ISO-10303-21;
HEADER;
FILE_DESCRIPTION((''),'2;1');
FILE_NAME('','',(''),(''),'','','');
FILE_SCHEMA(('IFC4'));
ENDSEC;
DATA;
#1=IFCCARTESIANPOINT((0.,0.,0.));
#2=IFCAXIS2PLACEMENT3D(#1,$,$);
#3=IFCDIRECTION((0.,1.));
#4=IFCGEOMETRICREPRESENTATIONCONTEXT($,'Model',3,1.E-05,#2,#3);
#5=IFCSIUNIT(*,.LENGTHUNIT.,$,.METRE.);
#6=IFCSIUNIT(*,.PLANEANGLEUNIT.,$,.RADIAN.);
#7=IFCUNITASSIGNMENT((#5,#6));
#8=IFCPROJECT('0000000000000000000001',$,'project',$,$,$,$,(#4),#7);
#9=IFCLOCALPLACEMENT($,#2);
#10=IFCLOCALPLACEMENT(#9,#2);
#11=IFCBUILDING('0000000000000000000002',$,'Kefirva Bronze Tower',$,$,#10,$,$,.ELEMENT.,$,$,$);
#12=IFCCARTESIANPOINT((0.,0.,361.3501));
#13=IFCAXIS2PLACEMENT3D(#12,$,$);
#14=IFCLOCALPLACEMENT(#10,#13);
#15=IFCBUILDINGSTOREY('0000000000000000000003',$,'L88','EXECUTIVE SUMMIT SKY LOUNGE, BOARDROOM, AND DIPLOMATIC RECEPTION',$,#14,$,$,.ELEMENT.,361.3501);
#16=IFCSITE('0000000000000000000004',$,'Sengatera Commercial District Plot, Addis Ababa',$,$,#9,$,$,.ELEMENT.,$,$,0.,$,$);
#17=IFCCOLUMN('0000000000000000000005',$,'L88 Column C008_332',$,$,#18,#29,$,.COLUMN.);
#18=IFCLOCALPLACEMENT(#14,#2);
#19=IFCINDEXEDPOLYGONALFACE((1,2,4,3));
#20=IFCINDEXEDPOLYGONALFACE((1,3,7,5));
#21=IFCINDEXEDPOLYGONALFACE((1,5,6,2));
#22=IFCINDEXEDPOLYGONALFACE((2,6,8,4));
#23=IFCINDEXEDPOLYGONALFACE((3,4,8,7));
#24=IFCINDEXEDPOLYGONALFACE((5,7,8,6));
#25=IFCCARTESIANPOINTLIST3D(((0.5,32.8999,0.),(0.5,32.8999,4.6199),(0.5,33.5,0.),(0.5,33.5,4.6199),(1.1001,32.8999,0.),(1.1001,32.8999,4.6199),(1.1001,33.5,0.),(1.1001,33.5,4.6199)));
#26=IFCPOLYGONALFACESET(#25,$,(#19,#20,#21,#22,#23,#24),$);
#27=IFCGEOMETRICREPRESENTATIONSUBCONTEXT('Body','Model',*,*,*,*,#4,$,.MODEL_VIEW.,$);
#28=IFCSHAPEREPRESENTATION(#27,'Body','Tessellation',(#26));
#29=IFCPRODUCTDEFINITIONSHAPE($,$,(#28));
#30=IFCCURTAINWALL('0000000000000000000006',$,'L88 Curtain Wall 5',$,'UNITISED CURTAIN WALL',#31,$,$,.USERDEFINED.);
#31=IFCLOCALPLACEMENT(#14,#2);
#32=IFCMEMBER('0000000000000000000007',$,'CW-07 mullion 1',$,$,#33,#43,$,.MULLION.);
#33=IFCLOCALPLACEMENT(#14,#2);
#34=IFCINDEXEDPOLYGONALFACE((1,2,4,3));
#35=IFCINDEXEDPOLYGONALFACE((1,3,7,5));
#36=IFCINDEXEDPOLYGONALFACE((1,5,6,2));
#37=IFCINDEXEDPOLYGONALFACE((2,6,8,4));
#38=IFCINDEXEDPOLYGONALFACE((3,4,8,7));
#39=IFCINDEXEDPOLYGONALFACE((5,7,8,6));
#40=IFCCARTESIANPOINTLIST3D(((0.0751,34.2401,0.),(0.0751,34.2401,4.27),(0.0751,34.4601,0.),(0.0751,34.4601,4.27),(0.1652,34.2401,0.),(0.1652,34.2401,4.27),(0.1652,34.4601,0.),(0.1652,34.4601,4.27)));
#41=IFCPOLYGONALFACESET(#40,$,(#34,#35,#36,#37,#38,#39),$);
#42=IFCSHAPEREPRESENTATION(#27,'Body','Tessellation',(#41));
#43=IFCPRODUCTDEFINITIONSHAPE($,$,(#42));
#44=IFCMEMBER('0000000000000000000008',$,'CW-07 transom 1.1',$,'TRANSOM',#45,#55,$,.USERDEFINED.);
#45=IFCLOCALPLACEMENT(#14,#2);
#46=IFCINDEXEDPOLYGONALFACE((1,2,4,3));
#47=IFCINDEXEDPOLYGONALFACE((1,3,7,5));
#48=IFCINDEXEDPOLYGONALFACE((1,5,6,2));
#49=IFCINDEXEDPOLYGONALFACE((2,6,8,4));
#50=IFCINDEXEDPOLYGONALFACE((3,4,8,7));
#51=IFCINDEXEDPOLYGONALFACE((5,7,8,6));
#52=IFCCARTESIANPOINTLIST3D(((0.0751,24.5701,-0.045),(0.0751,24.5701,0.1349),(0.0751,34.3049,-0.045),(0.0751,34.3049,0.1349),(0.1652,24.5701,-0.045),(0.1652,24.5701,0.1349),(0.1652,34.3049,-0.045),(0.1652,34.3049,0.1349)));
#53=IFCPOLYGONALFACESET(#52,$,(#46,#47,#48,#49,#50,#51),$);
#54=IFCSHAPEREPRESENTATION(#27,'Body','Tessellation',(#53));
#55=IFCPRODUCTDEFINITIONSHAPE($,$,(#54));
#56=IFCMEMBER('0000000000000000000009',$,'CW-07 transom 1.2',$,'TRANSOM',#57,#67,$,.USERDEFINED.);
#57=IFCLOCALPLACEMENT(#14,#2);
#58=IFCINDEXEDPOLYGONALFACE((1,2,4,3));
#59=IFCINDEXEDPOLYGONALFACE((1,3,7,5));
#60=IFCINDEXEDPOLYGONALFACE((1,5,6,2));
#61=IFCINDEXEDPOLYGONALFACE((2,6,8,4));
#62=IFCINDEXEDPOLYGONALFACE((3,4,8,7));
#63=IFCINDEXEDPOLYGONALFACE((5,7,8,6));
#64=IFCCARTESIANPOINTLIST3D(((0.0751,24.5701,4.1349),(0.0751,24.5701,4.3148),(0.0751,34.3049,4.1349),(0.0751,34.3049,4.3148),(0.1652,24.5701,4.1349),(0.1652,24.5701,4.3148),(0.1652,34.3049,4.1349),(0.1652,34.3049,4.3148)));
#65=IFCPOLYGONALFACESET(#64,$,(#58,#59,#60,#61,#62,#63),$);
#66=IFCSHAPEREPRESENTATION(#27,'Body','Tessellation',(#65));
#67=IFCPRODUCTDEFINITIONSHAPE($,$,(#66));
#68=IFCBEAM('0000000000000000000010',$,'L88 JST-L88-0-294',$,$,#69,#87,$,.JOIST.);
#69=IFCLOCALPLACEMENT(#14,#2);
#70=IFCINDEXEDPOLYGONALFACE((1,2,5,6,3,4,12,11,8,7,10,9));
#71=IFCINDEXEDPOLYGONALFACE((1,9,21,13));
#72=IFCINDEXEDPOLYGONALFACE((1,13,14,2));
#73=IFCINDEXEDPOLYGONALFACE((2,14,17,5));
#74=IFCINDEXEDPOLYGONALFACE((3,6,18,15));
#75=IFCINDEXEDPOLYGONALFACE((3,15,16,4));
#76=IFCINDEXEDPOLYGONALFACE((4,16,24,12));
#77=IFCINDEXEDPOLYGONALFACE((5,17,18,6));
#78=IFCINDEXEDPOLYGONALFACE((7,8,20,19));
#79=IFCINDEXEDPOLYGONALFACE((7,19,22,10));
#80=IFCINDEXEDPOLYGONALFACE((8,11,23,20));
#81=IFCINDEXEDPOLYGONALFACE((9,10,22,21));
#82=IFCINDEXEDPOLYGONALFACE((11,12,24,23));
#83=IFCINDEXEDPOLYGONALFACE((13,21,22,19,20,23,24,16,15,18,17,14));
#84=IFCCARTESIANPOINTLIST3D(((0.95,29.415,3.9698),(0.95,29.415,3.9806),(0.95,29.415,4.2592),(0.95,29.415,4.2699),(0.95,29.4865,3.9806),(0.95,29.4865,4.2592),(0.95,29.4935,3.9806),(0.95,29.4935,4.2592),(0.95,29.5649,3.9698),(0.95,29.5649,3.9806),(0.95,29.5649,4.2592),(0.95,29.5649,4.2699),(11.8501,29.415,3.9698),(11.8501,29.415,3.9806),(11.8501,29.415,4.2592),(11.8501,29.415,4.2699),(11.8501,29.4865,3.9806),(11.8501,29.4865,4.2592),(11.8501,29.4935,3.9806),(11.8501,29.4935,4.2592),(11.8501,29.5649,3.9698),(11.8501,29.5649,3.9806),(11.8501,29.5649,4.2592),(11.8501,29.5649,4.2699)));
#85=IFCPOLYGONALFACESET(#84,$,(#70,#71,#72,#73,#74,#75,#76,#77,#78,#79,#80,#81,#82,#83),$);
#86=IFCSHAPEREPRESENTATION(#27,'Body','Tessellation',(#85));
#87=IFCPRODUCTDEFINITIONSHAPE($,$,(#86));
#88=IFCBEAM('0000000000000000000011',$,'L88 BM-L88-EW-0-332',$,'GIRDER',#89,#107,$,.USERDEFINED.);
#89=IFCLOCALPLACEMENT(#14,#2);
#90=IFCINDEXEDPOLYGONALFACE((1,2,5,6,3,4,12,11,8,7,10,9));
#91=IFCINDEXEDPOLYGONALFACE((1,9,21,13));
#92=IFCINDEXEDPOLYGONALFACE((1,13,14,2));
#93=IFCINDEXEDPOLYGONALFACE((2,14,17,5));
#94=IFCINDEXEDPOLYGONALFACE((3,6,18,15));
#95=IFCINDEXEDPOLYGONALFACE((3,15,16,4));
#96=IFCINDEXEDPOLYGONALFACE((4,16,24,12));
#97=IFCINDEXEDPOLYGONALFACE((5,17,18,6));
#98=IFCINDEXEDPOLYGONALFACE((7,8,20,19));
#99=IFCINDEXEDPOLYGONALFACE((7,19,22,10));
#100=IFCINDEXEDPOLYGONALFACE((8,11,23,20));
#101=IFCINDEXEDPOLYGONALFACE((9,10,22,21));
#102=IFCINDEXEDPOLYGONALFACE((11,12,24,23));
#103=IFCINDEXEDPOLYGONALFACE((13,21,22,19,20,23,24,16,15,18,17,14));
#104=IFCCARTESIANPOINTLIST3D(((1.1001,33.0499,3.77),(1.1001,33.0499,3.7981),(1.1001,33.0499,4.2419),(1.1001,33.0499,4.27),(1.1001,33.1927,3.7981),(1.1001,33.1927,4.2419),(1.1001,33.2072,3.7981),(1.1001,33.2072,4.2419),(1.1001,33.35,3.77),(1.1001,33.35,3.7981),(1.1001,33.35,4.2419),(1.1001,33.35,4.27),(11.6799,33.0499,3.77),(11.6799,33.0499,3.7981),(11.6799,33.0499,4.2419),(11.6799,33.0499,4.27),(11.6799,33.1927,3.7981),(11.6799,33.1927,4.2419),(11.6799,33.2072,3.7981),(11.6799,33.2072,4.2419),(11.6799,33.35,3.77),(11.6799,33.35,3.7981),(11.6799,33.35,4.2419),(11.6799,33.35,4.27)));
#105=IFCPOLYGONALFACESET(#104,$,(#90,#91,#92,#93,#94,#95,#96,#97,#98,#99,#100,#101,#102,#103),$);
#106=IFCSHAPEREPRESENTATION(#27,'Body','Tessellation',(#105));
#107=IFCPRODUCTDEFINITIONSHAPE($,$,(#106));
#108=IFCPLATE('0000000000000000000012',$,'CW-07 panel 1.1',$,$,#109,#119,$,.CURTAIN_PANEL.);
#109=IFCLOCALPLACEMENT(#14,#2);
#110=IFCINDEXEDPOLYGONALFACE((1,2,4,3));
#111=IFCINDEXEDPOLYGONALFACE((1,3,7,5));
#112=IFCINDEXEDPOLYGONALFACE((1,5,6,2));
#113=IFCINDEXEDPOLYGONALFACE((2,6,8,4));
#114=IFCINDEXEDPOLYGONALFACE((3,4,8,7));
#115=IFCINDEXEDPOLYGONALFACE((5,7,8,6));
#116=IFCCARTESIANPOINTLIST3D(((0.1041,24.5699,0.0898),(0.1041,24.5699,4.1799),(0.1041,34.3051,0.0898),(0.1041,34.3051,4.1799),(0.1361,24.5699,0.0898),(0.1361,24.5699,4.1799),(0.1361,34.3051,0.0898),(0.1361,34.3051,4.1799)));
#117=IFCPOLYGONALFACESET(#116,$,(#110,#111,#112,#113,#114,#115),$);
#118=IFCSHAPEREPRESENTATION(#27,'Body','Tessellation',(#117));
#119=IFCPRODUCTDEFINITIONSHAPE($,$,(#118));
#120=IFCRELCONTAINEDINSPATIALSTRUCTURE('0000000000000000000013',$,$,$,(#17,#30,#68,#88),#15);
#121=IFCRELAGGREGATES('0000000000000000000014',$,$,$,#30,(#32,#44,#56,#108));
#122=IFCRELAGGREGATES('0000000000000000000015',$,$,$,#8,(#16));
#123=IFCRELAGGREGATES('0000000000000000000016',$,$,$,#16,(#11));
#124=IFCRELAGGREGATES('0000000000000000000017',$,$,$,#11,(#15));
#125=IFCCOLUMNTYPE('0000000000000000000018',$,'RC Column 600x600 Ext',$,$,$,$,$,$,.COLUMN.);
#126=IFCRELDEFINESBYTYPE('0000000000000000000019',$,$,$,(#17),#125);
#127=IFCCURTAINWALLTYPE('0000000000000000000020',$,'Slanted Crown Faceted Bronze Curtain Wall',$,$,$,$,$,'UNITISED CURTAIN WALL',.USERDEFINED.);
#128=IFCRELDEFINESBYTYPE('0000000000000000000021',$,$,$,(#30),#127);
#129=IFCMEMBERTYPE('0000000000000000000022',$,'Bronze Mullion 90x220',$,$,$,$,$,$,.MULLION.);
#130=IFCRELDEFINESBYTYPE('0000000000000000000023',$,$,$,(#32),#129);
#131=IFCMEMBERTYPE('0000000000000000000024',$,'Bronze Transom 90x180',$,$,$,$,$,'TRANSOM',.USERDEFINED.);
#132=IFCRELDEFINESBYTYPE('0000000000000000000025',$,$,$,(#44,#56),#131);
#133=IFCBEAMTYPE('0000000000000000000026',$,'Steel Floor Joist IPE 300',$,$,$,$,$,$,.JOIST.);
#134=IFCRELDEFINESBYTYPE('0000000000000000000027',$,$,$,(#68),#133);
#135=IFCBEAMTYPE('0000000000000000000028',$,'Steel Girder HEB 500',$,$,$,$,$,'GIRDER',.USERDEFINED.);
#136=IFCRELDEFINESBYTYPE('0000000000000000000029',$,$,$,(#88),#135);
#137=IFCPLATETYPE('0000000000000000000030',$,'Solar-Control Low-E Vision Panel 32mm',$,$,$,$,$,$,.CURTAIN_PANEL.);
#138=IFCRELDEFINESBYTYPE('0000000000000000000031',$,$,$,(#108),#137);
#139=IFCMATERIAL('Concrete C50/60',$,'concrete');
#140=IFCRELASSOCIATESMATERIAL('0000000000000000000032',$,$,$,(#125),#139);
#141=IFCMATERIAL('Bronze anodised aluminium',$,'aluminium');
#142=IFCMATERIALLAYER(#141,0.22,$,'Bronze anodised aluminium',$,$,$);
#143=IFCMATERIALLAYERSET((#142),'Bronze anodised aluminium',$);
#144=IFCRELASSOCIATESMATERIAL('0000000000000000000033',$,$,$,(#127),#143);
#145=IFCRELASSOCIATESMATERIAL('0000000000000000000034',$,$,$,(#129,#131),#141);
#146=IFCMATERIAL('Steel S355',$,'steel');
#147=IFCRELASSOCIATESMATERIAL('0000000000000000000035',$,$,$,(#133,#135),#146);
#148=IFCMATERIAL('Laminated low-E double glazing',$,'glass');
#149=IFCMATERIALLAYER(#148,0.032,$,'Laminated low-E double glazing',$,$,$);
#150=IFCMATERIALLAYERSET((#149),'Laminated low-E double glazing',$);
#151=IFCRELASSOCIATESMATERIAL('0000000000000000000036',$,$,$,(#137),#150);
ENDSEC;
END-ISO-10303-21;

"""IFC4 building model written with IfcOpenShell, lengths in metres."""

from ifc_helpers import new_model, si_unit, direction, frame, origin, origin_2d, place, context, subcontext, project, spatial, rectangle, i_section, extrude, material, layer, layer_set, material_profile, profile_set, type_object, element, aggregate, save


model = new_model("IFC4")

# Units and contexts
model_context = context("Model", 3, precision=1e-05, world=origin(), true_north=direction((0.0, 1.0)))
body_context = subcontext(model_context, "Body", "Model", "MODEL_VIEW")
ifc_project = project(units=[si_unit("LENGTHUNIT", "METRE"), si_unit("PLANEANGLEUNIT", "RADIAN")], contexts=[model_context])

# Site, building, storey
site_placement = place(None, origin())
site = spatial("IfcSite", under=ifc_project, at=site_placement, Name="Sengatera Commercial District Plot, Addis Ababa", CompositionType="ELEMENT", RefElevation=0.0)
building_placement = place(site_placement, origin())
building = spatial("IfcBuilding", under=site, at=building_placement, Name="Kefirva Bronze Tower", CompositionType="ELEMENT")
storey_placement = place(building_placement, frame((0.0, 0.0, 361.3501)))
storey = spatial("IfcBuildingStorey", under=building, at=storey_placement, Name="L88", Description="EXECUTIVE SUMMIT SKY LOUNGE, BOARDROOM, AND DIPLOMATIC RECEPTION", CompositionType="ELEMENT", Elevation=361.3501)

# Column
ifc_material_1 = material(Name="Concrete C50/60", Category="concrete")
ifc_material_profile_1 = material_profile(ifc_material_1, rectangle(XDim=0.6001, YDim=0.6001, at=origin_2d()), Name="RC 600x600")
ifc_profile_set_1 = profile_set([ifc_material_profile_1], Name="Concrete C50/60")
column_type = type_object("IfcColumnType", Name="RC Column 600x600 Ext", PredefinedType="COLUMN", material=ifc_profile_set_1)
column_placement = place(storey_placement, frame((0.8, 33.2, 0.0), z_axis=(0.0, 0.0, 1.0), x_axis=(1.0, 0.0, 0.0)))
element("IfcColumn", 1, at=column_placement, inside=storey, type_object=column_type, Name="L88 Column C008_332", PredefinedType="COLUMN", context=body_context, shape_type="SweptSolid", body=[
    extrude(rectangle(XDim=0.6001, YDim=0.6001, at=origin_2d()), origin(), (0.0, 0.0, 1.0), 4.6199),
])

# Curtain wall, members
ifc_material_2 = material(Name="Bronze anodised aluminium", Category="aluminium")
ifc_layer_1 = layer(ifc_material_2, 0.22, Name="Bronze anodised aluminium")
ifc_layer_set_1 = layer_set([ifc_layer_1], Name="Bronze anodised aluminium")
curtain_wall_type = type_object("IfcCurtainWallType", Name="Slanted Crown Faceted Bronze Curtain Wall", ElementType="UNITISED CURTAIN WALL", PredefinedType="USERDEFINED", material=ifc_layer_set_1)
curtain_wall_placement = place(storey_placement, origin())
curtain_wall = element("IfcCurtainWall", 2, at=curtain_wall_placement, inside=storey, type_object=curtain_wall_type, Name="L88 Curtain Wall 5", ObjectType="UNITISED CURTAIN WALL", PredefinedType="USERDEFINED")
ifc_material_profile_2 = material_profile(ifc_material_2, rectangle(XDim=0.0901, YDim=0.22, at=origin_2d()), Name="ALU 90x220")
ifc_profile_set_2 = profile_set([ifc_material_profile_2], Name="Bronze anodised aluminium")
member_type_1 = type_object("IfcMemberType", Name="Bronze Mullion 90x220", PredefinedType="MULLION", material=ifc_profile_set_2)
member_1_placement = place(storey_placement, frame((0.1201, 34.3501, 0.0), z_axis=(0.0, 0.0, 1.0), x_axis=(1.0, 0.0, 0.0)))
member_1 = element("IfcMember", 3, at=member_1_placement, type_object=member_type_1, Name="CW-07 mullion 1", PredefinedType="MULLION", context=body_context, shape_type="SweptSolid", body=[
    extrude(rectangle(XDim=0.0901, YDim=0.22, at=origin_2d()), origin(), (0.0, 0.0, 1.0), 4.27),
])
ifc_material_profile_3 = material_profile(ifc_material_2, rectangle(XDim=0.0901, YDim=0.1799, at=origin_2d()), Name="ALU 90x180")
ifc_profile_set_3 = profile_set([ifc_material_profile_3], Name="Bronze anodised aluminium")
member_type_2 = type_object("IfcMemberType", Name="Bronze Transom 90x180", ElementType="TRANSOM", PredefinedType="USERDEFINED", material=ifc_profile_set_3)
member_2_placement = place(storey_placement, frame((0.1201, 34.3049, 0.0449), z_axis=(0.0, -1.0, 0.0), x_axis=(1.0, 0.0, 0.0)))
member_2 = element("IfcMember", 4, at=member_2_placement, type_object=member_type_2, Name="CW-07 transom 1.1", ObjectType="TRANSOM", PredefinedType="USERDEFINED", context=body_context, shape_type="SweptSolid", body=[
    extrude(rectangle(XDim=0.0901, YDim=0.1799, at=origin_2d()), origin(), (0.0, 0.0, 1.0), 9.7349),
])
member_3_placement = place(storey_placement, frame((0.1201, 34.3049, 4.2249), z_axis=(0.0, -1.0, 0.0), x_axis=(1.0, 0.0, 0.0)))
member_3 = element("IfcMember", 5, at=member_3_placement, type_object=member_type_2, Name="CW-07 transom 1.2", ObjectType="TRANSOM", PredefinedType="USERDEFINED", context=body_context, shape_type="SweptSolid", body=[
    extrude(rectangle(XDim=0.0901, YDim=0.1799, at=origin_2d()), origin(), (0.0, 0.0, 1.0), 9.7349),
])

# Beams
ifc_material_3 = material(Name="Steel S355", Category="steel")
ifc_material_profile_4 = material_profile(ifc_material_3, i_section(OverallWidth=0.1499, OverallDepth=0.3, WebThickness=0.0071, FlangeThickness=0.0107, at=origin_2d()), Name="IPE 300")
ifc_profile_set_4 = profile_set([ifc_material_profile_4], Name="Steel S355")
beam_type_1 = type_object("IfcBeamType", Name="Steel Floor Joist IPE 300", PredefinedType="JOIST", material=ifc_profile_set_4)
beam_1_placement = place(storey_placement, frame((0.95, 29.49, 4.1199), z_axis=(1.0, 0.0, 0.0), x_axis=(0.0, 1.0, 0.0)))
element("IfcBeam", 6, at=beam_1_placement, inside=storey, type_object=beam_type_1, Name="L88 JST-L88-0-294", PredefinedType="JOIST", context=body_context, shape_type="SweptSolid", body=[
    extrude(i_section(OverallWidth=0.1499, OverallDepth=0.3, WebThickness=0.0071, FlangeThickness=0.0107, at=origin_2d()), origin(), (0.0, 0.0, 1.0), 10.9001),
])
ifc_material_profile_5 = material_profile(ifc_material_3, i_section(OverallWidth=0.3, OverallDepth=0.5, WebThickness=0.0144, FlangeThickness=0.0281, at=origin_2d()), Name="HEB 500")
ifc_profile_set_5 = profile_set([ifc_material_profile_5], Name="Steel S355")
beam_type_2 = type_object("IfcBeamType", Name="Steel Girder HEB 500", ElementType="GIRDER", PredefinedType="USERDEFINED", material=ifc_profile_set_5)
beam_2_placement = place(storey_placement, frame((1.1001, 33.2, 4.02), z_axis=(1.0, 0.0, 0.0), x_axis=(0.0, 1.0, 0.0)))
element("IfcBeam", 7, at=beam_2_placement, inside=storey, type_object=beam_type_2, Name="L88 BM-L88-EW-0-332", ObjectType="GIRDER", PredefinedType="USERDEFINED", context=body_context, shape_type="SweptSolid", body=[
    extrude(i_section(OverallWidth=0.3, OverallDepth=0.5, WebThickness=0.0144, FlangeThickness=0.0281, at=origin_2d()), origin(), (0.0, 0.0, 1.0), 10.5798),
])

# Plate
ifc_material_4 = material(Name="Laminated low-E double glazing", Category="glass")
ifc_layer_2 = layer(ifc_material_4, 0.032, Name="Laminated low-E double glazing")
ifc_layer_set_2 = layer_set([ifc_layer_2], Name="Laminated low-E double glazing")
plate_type = type_object("IfcPlateType", Name="Solar-Control Low-E Vision Panel 32mm", PredefinedType="CURTAIN_PANEL", material=ifc_layer_set_2)
plate_placement = place(storey_placement, frame((0.1201, 29.4375, 0.0898), z_axis=(0.0, 0.0, 1.0), x_axis=(0.0, -1.0, 0.0)))
plate = element("IfcPlate", 8, at=plate_placement, type_object=plate_type, Name="CW-07 panel 1.1", PredefinedType="CURTAIN_PANEL", context=body_context, shape_type="SweptSolid", body=[
    extrude(rectangle(XDim=9.7351, YDim=0.032, at=origin_2d()), origin(), (0.0, 0.0, 1.0), 4.0901),
])
aggregate(curtain_wall, [member_1, member_2, member_3, plate])

save(model, "model.ifc")
